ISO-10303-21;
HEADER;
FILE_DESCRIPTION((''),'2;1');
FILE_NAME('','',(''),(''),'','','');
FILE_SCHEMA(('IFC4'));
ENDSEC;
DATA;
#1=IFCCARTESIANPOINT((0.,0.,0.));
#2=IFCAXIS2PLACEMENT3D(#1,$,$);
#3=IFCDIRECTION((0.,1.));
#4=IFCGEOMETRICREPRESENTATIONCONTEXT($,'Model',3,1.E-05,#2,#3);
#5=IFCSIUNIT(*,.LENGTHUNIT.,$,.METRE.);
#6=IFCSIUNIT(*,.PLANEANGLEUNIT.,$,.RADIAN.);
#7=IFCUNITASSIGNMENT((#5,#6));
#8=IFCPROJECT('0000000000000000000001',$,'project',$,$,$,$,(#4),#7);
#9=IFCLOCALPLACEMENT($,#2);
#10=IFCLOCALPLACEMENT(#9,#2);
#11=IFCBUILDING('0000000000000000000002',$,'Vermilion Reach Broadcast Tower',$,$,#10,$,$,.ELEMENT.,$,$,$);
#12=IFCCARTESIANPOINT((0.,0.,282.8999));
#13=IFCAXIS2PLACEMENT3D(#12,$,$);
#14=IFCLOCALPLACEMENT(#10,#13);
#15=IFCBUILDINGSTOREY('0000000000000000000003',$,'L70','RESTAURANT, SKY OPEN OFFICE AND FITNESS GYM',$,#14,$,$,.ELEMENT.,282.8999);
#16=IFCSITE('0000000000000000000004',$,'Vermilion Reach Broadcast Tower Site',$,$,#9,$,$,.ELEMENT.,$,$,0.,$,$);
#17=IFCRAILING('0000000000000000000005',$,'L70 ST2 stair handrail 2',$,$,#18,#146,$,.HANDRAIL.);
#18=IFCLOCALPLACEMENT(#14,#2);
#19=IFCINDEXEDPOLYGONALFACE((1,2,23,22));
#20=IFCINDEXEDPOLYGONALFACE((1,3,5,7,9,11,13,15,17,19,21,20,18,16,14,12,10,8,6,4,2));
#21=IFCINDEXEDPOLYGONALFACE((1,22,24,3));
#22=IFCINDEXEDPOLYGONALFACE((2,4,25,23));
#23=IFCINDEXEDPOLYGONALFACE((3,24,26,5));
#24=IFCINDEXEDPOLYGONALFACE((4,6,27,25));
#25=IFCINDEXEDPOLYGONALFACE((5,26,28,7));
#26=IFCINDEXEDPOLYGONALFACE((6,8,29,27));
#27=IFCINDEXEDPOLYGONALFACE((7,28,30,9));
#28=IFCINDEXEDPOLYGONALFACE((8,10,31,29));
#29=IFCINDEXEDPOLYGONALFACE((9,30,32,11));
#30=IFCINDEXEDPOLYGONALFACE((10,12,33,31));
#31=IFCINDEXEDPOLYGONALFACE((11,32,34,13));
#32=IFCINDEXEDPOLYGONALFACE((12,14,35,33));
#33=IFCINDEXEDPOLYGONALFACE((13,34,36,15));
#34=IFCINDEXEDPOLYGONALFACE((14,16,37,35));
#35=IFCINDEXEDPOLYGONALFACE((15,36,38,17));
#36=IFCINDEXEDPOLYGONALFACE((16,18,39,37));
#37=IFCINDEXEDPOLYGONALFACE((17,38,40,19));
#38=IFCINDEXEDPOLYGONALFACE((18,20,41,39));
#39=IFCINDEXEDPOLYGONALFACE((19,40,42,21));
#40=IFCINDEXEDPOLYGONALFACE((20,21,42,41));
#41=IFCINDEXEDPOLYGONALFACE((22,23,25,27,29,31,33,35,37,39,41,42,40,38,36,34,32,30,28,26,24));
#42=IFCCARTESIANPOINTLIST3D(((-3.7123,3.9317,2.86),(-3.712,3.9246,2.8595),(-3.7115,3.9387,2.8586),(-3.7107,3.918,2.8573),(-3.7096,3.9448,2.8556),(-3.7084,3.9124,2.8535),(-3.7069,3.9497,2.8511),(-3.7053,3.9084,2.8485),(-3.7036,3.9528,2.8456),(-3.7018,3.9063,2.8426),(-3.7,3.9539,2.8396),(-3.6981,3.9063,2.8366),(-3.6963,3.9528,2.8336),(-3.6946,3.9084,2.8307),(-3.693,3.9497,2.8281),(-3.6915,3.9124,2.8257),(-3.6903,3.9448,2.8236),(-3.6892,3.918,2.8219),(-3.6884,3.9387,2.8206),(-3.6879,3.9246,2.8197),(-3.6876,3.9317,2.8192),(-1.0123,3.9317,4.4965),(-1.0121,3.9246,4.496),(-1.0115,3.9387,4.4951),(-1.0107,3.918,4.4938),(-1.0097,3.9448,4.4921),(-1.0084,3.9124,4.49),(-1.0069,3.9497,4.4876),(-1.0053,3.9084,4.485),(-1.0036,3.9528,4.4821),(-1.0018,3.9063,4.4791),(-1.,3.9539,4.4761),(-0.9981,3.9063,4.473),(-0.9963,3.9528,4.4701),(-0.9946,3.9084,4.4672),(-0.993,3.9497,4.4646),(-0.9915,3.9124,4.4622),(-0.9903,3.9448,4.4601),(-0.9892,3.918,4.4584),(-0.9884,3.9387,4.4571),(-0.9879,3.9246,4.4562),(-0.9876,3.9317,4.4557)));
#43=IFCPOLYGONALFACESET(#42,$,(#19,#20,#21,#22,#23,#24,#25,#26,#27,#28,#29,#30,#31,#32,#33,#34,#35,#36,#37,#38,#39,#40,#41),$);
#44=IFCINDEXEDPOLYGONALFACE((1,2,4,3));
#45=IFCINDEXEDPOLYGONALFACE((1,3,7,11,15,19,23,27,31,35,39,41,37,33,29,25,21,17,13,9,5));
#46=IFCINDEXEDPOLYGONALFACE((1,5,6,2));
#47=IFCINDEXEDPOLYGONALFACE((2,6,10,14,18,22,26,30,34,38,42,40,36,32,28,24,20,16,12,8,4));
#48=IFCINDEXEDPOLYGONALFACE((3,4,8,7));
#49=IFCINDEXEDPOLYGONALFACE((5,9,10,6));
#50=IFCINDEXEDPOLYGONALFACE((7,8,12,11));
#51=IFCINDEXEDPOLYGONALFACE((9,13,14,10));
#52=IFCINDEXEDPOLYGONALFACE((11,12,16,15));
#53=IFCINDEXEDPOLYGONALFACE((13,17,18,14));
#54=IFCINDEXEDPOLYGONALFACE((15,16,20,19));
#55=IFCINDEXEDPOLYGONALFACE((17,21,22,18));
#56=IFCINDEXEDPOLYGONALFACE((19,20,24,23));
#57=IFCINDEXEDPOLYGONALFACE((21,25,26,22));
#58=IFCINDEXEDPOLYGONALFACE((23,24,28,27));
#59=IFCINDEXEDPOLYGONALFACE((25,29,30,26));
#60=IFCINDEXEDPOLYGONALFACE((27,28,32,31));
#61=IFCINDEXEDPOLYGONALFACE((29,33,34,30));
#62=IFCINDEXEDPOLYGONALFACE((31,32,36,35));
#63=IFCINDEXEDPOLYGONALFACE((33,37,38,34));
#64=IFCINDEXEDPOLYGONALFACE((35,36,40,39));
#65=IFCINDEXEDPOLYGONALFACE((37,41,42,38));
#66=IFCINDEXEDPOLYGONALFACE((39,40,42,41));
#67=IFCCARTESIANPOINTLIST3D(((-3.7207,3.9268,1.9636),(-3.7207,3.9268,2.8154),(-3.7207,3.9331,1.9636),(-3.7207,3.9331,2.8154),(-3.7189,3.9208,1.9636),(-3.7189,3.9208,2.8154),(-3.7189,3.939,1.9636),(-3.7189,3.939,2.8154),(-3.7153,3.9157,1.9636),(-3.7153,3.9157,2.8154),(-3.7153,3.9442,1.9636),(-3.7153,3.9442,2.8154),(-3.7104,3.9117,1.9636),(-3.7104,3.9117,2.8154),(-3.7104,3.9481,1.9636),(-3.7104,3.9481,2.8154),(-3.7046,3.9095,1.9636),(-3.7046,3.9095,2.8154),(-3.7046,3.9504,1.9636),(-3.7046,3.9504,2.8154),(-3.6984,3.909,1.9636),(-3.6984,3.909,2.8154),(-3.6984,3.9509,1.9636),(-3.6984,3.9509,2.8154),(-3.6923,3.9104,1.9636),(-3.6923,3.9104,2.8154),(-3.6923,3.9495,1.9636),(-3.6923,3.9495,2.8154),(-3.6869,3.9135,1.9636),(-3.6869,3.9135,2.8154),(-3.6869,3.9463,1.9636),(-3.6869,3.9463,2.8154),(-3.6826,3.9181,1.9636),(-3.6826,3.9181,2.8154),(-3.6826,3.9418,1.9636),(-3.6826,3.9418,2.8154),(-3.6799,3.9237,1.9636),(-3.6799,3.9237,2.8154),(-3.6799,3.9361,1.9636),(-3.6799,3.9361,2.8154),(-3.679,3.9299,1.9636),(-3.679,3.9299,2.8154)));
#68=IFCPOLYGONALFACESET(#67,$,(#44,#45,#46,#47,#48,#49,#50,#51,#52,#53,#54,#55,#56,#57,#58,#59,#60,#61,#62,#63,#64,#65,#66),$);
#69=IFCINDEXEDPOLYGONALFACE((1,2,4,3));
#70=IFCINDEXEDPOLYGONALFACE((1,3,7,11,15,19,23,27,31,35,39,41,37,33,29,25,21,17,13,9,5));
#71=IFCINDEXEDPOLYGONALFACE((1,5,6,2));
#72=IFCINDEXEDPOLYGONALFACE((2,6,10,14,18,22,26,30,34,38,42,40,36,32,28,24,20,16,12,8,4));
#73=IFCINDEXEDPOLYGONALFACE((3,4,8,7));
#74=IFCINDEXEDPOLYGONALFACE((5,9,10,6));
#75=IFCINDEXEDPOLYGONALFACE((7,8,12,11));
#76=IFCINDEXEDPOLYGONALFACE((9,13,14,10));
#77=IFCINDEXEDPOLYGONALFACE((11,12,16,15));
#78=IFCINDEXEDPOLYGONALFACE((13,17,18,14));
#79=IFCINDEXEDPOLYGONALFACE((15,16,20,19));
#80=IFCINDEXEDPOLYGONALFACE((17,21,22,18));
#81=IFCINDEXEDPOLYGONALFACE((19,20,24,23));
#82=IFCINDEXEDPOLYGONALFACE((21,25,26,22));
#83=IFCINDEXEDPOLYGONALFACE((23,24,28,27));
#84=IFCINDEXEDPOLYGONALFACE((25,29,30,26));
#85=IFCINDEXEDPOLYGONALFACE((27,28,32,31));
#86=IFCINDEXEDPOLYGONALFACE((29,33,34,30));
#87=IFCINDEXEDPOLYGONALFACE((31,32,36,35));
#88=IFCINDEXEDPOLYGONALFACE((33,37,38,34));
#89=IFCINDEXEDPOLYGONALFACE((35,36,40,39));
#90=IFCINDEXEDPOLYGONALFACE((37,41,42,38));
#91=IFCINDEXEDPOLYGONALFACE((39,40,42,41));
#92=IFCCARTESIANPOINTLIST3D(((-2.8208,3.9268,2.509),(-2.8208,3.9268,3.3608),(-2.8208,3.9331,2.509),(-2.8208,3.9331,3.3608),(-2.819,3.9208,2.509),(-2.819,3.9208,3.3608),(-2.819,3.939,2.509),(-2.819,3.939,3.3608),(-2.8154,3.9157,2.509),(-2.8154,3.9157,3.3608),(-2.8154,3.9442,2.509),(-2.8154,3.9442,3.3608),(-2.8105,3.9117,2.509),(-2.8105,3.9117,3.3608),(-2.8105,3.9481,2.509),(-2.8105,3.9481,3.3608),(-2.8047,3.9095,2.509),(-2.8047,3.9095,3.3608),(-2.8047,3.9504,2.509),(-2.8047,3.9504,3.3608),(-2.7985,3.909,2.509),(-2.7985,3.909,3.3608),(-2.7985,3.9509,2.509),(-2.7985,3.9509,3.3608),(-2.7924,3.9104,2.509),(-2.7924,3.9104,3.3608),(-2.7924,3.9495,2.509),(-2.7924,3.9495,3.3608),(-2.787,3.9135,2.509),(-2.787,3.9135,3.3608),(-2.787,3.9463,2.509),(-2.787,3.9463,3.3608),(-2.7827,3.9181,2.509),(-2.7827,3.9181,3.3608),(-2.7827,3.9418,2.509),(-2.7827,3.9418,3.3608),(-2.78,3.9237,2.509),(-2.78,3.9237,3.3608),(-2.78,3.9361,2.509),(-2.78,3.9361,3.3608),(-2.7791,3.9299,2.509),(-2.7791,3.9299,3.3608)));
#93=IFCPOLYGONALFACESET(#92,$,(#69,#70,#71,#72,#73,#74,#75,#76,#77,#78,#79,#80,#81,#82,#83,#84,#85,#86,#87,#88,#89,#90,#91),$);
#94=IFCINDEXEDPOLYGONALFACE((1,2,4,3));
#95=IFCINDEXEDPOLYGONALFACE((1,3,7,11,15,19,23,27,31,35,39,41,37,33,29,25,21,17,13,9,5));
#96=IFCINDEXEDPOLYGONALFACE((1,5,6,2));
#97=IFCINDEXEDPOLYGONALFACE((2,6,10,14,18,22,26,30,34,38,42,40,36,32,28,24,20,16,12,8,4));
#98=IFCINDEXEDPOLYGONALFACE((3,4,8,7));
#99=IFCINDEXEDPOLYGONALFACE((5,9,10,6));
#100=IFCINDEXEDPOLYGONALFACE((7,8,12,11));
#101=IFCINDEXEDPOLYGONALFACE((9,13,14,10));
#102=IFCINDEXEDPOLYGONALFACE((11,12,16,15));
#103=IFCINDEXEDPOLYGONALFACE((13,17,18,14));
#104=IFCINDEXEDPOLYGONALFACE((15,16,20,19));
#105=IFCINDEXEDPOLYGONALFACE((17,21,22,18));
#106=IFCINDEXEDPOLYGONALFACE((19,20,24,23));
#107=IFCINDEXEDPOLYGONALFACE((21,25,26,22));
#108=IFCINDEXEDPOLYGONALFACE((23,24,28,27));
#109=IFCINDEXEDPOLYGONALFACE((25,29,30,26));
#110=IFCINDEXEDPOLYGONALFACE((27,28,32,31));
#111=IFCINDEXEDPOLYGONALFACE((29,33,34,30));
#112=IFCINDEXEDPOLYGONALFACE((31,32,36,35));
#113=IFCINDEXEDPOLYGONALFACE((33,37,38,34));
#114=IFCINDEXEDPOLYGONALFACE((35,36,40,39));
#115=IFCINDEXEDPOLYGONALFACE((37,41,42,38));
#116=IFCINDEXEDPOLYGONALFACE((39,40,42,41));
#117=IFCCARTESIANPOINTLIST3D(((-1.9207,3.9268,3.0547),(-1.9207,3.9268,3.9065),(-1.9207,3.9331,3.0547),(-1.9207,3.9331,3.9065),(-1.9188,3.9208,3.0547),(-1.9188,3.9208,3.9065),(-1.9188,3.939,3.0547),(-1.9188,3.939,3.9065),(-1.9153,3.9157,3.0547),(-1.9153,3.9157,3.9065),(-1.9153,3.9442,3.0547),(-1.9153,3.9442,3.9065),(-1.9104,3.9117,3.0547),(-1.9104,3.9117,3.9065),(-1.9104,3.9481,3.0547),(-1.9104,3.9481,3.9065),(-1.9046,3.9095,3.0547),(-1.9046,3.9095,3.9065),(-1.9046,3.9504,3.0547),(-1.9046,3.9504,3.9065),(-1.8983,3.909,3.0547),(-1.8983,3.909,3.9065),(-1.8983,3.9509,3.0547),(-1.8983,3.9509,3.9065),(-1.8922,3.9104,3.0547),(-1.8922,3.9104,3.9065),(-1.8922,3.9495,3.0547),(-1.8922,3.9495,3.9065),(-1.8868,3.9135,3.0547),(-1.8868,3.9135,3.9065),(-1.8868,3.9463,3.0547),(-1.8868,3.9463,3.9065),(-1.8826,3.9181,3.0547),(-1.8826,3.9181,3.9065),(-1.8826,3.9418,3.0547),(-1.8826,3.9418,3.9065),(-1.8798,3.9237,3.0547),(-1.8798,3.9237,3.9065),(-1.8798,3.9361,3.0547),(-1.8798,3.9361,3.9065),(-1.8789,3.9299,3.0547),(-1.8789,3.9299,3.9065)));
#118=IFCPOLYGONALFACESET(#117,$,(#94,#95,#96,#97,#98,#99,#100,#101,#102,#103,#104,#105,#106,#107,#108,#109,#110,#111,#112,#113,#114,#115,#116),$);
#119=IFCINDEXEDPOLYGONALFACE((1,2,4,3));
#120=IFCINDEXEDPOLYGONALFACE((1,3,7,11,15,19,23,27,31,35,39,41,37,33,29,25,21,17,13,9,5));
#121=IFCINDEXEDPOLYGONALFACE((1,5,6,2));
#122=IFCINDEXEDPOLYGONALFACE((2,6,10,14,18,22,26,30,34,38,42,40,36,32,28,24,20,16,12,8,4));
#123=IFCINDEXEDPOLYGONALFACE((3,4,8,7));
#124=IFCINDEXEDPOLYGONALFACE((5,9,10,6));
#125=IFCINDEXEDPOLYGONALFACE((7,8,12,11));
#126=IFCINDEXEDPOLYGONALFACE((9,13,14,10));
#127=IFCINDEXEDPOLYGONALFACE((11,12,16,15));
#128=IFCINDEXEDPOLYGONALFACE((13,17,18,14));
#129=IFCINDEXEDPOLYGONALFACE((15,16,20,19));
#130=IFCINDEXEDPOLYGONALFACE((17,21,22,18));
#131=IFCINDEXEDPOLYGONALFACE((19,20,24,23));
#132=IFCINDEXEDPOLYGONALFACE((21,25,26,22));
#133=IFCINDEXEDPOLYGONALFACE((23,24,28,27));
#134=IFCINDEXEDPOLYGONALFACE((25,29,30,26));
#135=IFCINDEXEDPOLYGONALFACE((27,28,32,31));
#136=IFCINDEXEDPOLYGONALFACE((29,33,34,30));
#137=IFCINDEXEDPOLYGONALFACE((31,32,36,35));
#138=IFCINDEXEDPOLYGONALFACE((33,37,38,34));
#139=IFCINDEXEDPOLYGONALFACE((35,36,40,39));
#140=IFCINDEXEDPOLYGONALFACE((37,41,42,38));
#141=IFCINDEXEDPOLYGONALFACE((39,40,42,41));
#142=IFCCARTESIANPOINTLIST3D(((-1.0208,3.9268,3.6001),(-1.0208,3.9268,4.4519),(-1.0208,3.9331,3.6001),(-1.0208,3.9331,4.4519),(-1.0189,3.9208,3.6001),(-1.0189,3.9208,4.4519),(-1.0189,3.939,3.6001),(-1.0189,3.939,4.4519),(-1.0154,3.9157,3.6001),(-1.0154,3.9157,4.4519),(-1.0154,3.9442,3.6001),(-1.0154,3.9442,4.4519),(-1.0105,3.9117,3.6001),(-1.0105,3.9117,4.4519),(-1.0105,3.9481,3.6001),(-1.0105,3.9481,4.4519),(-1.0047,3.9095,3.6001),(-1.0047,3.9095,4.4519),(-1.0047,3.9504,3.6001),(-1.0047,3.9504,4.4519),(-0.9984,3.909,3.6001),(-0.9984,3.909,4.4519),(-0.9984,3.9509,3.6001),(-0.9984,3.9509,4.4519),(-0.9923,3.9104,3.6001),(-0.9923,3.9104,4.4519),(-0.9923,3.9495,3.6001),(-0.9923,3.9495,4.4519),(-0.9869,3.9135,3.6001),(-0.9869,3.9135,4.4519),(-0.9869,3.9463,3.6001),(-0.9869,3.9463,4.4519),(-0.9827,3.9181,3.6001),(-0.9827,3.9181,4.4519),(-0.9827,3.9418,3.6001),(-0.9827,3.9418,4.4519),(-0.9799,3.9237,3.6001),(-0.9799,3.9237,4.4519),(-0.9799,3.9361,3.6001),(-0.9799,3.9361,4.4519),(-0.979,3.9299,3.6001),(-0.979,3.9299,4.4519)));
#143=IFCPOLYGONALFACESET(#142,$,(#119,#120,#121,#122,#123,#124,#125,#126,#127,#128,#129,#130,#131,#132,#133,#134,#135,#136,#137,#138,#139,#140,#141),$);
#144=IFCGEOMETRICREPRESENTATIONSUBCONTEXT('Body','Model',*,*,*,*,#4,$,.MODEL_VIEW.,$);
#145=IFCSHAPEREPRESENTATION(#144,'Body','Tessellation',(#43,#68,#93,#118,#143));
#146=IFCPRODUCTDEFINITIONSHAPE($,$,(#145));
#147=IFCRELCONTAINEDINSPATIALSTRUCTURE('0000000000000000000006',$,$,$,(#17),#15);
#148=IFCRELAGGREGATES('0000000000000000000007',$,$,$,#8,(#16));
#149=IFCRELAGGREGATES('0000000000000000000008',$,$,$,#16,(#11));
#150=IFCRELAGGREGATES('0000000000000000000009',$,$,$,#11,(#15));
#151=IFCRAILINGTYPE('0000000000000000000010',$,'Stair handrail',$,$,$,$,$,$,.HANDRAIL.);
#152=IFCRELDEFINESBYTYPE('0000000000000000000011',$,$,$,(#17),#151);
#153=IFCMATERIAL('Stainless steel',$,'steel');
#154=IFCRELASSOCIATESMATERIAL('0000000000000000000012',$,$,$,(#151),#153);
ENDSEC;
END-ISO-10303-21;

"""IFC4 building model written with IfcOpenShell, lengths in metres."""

from ifc_helpers import new_model, si_unit, direction, frame, origin, origin_2d, place, context, subcontext, project, spatial, circle, extrude, material, type_object, element, save


model = new_model("IFC4")

# Units and contexts
model_context = context("Model", 3, precision=1e-05, world=origin(), true_north=direction((0.0, 1.0)))
body_context = subcontext(model_context, "Body", "Model", "MODEL_VIEW")
ifc_project = project(units=[si_unit("LENGTHUNIT", "METRE"), si_unit("PLANEANGLEUNIT", "RADIAN")], contexts=[model_context])

# Site, building, storey
site_placement = place(None, origin())
site = spatial("IfcSite", under=ifc_project, at=site_placement, Name="Vermilion Reach Broadcast Tower Site", CompositionType="ELEMENT", RefElevation=0.0)
building_placement = place(site_placement, origin())
building = spatial("IfcBuilding", under=site, at=building_placement, Name="Vermilion Reach Broadcast Tower", CompositionType="ELEMENT")
storey_placement = place(building_placement, frame((0.0, 0.0, 282.8999)))
storey = spatial("IfcBuildingStorey", under=building, at=storey_placement, Name="L70", Description="RESTAURANT, SKY OPEN OFFICE AND FITNESS GYM", CompositionType="ELEMENT", Elevation=282.8999)

# Railing
ifc_material_1 = material(Name="Stainless steel", Category="steel")
railing_type_1 = type_object("IfcRailingType", Name="Stair handrail", PredefinedType="HANDRAIL", material=ifc_material_1)
railing_1_placement = place(storey_placement, frame((-3.7, 3.9299, 1.9636)))
element("IfcRailing", 1, at=railing_1_placement, inside=storey, type_object=railing_type_1, Name="L70 ST2 stair handrail 2", PredefinedType="HANDRAIL", context=body_context, shape_type="SweptSolid", body=[
    extrude(circle(Radius=0.0239, at=origin_2d()), frame((0.0, 0.0, 0.876), z_axis=(0.855178, 0.0, 0.518334), x_axis=(0.0, 1.0, 0.0)), (0.0, 0.0, 1.0), 3.1572),
    extrude(circle(Radius=0.021, at=origin_2d()), origin(), (0.0, 0.0, 1.0), 0.8518),
    extrude(circle(Radius=0.021, at=origin_2d()), frame((0.8999, 0.0, 0.5454)), (0.0, 0.0, 1.0), 0.8518),
    extrude(circle(Radius=0.021, at=origin_2d()), frame((1.8, 0.0, 1.0911)), (0.0, 0.0, 1.0), 0.8518),
    extrude(circle(Radius=0.021, at=origin_2d()), frame((2.7, 0.0, 1.6365)), (0.0, 0.0, 1.0), 0.8518),
])

save(model, "model.ifc")
